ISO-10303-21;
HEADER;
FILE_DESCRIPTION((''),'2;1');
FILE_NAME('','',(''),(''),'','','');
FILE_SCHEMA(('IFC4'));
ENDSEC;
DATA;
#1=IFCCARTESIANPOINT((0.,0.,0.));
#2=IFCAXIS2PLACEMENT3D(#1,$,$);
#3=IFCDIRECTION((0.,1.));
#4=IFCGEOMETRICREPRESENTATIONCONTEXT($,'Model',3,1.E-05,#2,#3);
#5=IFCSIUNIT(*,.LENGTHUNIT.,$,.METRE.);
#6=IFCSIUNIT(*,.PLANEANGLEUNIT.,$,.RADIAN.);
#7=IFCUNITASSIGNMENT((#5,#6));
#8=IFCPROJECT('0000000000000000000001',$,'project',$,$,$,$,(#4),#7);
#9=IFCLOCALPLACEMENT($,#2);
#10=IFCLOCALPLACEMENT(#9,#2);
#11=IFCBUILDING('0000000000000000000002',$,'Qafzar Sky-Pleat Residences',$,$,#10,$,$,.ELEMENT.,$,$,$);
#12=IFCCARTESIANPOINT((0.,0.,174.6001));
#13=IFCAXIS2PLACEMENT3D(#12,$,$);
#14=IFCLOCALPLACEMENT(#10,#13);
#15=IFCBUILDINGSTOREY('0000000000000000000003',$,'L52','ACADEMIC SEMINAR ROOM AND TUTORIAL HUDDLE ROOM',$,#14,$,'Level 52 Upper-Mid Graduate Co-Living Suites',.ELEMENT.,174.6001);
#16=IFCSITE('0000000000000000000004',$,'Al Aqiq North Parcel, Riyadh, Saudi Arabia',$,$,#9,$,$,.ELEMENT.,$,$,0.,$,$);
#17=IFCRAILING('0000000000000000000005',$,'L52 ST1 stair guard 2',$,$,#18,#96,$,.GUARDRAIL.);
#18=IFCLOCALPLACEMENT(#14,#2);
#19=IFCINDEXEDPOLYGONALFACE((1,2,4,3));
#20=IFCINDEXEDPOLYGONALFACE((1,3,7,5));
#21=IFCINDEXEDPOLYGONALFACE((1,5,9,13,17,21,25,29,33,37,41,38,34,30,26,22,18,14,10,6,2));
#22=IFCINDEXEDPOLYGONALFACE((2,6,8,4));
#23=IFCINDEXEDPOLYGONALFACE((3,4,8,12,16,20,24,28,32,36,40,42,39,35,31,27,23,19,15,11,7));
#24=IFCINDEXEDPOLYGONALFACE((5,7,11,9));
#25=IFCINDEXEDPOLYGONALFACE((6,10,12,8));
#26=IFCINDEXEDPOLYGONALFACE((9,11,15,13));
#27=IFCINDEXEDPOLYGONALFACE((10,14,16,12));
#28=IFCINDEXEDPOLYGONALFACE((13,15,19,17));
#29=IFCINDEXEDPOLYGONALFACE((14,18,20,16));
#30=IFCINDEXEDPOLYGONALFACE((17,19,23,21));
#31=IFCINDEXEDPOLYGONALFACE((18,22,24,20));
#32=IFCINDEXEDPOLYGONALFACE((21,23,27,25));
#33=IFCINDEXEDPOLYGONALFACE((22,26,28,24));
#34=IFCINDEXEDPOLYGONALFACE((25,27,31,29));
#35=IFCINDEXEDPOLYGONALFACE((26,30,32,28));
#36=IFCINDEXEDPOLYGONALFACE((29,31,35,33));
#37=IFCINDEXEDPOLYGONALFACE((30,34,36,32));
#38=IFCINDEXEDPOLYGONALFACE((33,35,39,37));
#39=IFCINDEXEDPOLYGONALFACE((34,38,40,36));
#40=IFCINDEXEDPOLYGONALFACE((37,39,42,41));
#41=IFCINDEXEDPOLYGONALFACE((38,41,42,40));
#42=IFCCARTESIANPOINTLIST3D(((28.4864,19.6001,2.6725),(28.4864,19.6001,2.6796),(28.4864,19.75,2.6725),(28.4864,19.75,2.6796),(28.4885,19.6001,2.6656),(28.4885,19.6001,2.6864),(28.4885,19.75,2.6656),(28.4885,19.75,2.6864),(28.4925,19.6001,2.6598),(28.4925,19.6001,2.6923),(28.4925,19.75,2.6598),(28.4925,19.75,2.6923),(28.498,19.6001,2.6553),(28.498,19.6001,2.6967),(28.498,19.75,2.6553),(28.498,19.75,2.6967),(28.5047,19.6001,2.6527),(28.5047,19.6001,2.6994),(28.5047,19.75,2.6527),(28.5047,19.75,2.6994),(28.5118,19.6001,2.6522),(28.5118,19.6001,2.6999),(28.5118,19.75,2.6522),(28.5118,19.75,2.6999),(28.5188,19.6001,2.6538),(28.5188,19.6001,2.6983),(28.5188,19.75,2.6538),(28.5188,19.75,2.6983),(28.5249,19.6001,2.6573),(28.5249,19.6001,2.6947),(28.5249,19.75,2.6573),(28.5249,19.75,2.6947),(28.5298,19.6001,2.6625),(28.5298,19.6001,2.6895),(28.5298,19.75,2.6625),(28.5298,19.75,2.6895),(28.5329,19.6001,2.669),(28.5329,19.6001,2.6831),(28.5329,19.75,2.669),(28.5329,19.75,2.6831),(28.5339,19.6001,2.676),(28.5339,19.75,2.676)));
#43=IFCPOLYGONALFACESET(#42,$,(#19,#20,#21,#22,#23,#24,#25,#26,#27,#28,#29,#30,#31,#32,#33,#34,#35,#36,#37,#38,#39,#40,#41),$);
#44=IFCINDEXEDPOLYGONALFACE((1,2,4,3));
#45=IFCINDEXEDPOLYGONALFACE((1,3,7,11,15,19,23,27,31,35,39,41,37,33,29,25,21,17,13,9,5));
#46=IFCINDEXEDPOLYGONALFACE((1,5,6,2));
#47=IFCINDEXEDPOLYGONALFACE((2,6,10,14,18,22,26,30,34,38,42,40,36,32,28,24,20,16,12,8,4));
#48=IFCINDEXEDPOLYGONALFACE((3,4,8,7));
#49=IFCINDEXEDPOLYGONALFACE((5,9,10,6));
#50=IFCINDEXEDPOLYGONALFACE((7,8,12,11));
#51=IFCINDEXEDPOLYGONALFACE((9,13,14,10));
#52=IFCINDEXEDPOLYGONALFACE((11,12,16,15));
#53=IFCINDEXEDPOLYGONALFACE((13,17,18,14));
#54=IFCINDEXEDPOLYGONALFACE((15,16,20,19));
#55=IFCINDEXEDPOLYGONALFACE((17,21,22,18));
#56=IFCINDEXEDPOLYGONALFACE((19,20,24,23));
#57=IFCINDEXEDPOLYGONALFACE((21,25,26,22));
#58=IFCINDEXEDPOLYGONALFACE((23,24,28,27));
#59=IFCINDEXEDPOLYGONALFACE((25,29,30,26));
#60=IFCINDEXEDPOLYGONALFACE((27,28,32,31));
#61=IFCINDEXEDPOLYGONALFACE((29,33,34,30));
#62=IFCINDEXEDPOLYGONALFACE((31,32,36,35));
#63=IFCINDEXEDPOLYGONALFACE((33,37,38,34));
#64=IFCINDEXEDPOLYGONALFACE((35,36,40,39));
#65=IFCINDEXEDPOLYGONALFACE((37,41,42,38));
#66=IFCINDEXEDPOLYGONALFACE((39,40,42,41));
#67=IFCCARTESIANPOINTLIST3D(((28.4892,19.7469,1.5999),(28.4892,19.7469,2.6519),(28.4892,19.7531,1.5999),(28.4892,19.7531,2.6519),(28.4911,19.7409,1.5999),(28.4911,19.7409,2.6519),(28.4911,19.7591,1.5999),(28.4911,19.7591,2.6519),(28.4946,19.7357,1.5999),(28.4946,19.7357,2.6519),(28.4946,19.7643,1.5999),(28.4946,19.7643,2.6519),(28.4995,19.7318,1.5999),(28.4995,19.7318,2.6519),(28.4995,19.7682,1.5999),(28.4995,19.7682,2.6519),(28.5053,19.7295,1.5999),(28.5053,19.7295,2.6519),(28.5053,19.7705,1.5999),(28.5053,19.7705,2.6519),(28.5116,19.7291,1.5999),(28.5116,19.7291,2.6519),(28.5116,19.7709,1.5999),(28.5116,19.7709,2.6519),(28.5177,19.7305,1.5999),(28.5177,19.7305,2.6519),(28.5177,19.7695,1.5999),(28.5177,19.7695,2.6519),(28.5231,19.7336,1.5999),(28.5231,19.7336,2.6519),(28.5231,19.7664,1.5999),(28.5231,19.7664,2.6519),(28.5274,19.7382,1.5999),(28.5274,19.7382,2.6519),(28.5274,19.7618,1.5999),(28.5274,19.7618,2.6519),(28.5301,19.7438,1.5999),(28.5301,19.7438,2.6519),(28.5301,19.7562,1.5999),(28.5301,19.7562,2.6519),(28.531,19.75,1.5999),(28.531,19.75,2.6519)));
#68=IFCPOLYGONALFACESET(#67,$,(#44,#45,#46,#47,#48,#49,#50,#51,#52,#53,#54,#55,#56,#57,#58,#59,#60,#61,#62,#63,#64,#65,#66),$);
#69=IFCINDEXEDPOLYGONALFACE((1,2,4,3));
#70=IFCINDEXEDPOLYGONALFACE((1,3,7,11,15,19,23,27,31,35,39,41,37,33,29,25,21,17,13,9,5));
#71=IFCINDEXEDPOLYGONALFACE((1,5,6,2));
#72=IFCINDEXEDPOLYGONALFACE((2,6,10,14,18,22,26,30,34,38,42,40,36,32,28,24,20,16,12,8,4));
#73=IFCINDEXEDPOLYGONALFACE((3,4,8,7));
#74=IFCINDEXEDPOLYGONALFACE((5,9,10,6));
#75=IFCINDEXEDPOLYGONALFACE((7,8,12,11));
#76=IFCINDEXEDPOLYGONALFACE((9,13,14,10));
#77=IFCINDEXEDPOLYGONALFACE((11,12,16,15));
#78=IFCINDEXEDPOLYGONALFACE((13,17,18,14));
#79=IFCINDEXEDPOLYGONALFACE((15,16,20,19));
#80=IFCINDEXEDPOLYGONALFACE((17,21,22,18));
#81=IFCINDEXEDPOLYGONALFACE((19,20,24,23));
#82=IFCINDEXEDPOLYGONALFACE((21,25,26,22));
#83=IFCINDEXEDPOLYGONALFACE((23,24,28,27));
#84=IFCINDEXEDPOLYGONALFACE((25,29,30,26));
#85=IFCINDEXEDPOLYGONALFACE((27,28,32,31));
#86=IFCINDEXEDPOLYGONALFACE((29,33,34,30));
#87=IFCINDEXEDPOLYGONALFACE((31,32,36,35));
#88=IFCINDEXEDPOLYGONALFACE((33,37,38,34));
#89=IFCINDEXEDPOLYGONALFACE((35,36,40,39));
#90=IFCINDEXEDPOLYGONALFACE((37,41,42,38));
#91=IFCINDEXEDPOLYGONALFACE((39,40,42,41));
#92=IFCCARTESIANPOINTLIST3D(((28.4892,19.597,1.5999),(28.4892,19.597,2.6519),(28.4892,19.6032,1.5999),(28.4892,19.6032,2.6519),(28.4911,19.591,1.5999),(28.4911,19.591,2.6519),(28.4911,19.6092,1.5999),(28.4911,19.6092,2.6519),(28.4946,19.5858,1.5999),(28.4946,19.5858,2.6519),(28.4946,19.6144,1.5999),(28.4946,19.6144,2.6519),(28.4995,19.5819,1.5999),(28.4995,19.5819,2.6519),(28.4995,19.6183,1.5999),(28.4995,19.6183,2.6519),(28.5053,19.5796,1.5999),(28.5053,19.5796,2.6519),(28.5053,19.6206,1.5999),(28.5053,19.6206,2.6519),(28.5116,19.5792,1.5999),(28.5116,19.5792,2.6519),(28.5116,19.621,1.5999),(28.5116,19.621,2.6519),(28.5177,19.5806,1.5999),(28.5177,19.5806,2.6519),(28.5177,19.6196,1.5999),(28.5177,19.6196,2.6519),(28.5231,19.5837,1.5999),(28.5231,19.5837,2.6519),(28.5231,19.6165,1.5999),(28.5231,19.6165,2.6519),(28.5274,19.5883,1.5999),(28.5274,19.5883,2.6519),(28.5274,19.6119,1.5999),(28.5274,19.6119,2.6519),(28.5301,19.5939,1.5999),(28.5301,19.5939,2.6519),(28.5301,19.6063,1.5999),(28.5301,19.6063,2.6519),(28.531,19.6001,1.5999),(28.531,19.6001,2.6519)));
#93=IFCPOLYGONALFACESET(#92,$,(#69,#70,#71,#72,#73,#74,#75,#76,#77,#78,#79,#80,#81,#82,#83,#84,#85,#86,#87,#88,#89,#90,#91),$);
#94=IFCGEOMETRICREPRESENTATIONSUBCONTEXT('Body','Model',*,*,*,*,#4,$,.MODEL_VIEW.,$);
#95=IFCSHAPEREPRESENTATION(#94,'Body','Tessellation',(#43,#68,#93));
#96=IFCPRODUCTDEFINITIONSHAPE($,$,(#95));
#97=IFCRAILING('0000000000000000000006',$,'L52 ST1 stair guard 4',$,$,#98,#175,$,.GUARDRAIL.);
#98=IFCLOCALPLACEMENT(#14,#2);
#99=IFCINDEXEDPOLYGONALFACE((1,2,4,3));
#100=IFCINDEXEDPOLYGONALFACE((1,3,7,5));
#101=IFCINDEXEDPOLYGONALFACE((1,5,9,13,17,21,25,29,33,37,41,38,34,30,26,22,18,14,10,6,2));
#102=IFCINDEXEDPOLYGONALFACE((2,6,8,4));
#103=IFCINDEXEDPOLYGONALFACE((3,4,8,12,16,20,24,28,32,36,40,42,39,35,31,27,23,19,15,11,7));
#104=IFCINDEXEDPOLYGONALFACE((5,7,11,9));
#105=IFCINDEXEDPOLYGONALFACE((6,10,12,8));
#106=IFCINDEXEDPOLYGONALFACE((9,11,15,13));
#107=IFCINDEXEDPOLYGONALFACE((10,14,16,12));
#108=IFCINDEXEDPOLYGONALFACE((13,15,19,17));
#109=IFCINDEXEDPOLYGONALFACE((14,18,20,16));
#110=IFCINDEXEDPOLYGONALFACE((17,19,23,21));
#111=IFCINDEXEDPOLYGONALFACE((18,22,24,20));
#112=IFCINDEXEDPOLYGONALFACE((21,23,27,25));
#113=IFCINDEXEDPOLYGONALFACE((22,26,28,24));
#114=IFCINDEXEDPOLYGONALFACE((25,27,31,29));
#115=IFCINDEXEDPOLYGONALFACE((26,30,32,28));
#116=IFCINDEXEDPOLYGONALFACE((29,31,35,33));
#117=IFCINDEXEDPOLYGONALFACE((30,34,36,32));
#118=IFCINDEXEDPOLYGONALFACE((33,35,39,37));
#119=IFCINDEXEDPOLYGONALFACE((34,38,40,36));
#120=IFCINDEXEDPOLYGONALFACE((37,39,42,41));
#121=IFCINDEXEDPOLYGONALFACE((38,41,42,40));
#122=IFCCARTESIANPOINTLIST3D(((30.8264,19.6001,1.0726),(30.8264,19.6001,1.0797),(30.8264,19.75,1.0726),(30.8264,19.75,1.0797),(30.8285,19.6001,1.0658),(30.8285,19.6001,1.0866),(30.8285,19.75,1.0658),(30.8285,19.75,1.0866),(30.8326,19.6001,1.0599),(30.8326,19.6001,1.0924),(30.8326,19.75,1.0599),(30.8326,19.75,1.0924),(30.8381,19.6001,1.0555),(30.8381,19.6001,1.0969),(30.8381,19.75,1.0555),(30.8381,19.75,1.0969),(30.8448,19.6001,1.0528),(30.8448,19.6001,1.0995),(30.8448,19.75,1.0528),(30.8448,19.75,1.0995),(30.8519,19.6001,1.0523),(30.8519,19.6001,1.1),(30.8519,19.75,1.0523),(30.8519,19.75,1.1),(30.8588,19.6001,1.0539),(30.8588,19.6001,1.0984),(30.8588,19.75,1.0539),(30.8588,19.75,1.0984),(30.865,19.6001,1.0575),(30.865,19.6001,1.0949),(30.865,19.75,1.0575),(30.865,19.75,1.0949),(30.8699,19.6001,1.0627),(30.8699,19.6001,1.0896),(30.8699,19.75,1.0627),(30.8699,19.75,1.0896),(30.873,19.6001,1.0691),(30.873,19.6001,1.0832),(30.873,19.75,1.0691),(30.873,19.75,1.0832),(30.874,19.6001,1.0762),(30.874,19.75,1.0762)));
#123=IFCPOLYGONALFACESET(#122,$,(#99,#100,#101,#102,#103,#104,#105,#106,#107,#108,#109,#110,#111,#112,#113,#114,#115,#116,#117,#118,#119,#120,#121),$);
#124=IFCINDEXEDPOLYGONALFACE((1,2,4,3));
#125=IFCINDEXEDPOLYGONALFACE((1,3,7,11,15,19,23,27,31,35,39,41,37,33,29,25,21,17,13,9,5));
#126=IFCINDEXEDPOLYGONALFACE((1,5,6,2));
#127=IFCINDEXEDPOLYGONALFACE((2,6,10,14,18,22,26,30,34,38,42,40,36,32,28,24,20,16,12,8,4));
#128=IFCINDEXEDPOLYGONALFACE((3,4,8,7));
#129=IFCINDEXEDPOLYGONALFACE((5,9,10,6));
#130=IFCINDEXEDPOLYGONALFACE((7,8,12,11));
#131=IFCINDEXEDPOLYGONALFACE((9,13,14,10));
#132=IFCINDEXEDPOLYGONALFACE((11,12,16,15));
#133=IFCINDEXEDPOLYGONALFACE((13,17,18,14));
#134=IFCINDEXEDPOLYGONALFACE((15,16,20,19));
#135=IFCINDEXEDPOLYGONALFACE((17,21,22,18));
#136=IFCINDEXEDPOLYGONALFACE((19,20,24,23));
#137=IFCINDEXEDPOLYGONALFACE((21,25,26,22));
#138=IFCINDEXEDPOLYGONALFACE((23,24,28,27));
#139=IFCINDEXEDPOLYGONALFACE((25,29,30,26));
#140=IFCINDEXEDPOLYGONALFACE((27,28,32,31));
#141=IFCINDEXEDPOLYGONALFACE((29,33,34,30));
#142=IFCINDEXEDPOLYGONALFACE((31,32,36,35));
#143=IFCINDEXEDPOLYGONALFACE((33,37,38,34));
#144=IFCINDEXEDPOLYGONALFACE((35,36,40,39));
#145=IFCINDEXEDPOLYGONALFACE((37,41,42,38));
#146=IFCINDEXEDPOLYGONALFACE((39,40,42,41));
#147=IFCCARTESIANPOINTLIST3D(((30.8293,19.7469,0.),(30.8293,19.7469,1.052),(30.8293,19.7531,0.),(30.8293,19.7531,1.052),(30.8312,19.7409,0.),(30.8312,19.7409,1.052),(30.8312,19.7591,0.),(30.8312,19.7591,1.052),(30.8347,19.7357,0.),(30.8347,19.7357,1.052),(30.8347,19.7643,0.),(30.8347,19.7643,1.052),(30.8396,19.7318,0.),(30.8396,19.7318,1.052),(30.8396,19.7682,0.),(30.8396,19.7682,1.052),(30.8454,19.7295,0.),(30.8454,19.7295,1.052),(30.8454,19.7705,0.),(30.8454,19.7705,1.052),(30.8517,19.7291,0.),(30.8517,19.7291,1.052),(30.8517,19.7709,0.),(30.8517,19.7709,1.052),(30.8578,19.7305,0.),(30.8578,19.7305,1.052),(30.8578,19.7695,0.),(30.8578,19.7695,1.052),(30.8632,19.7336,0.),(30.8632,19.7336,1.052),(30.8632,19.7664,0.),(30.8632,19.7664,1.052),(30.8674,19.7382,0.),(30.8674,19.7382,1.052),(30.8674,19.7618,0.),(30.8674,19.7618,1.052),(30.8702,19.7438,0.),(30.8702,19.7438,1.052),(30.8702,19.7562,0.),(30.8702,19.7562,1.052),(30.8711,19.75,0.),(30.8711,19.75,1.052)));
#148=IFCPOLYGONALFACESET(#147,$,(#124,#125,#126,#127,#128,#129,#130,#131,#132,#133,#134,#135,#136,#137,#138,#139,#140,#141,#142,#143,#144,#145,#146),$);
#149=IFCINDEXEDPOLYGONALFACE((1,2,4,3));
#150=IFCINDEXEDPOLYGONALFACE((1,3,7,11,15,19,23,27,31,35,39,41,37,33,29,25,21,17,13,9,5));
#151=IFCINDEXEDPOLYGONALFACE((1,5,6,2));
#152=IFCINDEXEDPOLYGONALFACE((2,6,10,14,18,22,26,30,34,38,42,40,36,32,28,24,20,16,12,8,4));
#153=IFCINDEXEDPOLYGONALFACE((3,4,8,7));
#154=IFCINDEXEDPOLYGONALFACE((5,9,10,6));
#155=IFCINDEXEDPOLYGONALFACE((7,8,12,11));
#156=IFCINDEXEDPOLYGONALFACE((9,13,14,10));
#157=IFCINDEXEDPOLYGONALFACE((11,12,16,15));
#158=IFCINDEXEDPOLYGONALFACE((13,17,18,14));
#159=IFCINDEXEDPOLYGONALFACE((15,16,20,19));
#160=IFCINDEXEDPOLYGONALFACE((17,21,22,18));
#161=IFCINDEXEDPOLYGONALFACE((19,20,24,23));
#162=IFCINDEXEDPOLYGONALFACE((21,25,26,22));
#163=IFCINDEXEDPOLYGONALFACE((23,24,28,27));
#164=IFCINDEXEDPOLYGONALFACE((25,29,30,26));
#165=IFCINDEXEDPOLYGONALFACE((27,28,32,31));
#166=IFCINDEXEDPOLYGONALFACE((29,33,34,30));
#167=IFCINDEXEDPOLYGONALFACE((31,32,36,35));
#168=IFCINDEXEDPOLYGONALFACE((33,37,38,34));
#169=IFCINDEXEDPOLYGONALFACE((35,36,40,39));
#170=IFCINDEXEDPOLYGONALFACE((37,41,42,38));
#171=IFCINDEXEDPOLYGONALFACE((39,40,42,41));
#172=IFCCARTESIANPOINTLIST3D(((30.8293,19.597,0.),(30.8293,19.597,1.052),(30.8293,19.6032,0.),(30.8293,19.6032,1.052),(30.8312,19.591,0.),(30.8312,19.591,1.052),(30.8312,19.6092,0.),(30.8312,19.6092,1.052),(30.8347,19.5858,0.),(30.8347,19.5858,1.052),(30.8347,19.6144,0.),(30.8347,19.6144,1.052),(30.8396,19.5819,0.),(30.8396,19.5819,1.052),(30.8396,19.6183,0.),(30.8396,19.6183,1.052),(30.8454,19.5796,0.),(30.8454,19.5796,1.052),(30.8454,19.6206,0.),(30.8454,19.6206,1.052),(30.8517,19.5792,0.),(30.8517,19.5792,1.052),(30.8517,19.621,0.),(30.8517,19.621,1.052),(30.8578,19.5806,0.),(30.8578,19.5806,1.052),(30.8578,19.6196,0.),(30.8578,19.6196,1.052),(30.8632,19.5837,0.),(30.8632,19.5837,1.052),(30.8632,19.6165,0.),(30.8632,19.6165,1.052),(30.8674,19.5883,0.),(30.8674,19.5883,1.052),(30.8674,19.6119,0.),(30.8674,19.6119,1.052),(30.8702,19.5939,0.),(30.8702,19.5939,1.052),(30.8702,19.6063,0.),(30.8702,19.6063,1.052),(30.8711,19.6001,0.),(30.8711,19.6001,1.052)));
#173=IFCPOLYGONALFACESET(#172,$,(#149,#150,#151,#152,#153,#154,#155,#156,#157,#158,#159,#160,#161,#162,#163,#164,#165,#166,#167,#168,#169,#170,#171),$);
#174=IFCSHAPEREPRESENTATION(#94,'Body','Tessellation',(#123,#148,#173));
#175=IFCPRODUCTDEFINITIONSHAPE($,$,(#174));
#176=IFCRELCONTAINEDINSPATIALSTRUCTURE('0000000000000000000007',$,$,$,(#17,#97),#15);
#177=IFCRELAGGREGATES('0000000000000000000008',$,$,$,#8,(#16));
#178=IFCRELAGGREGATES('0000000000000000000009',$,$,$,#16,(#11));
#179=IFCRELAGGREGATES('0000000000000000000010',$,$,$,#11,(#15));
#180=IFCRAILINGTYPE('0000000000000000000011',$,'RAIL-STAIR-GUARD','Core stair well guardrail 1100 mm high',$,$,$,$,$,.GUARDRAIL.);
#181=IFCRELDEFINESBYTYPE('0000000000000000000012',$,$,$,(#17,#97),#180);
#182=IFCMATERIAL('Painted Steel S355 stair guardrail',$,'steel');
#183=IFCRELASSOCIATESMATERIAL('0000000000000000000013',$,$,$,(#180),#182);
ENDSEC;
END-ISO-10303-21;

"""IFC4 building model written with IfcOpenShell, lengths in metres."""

from ifc_helpers import new_model, si_unit, direction, frame, origin, origin_2d, place, context, subcontext, project, spatial, circle, extrude, source, transform, mapped, material, type_object, element, save


model = new_model("IFC4")

# Units and contexts
model_context = context("Model", 3, precision=1e-05, world=origin(), true_north=direction((0.0, 1.0)))
body_context = subcontext(model_context, "Body", "Model", "MODEL_VIEW")
ifc_project = project(units=[si_unit("LENGTHUNIT", "METRE"), si_unit("PLANEANGLEUNIT", "RADIAN")], contexts=[model_context])

# Site, building, storey
site_placement = place(None, origin())
site = spatial("IfcSite", under=ifc_project, at=site_placement, Name="Al Aqiq North Parcel, Riyadh, Saudi Arabia", CompositionType="ELEMENT", RefElevation=0.0)
building_placement = place(site_placement, origin())
building = spatial("IfcBuilding", under=site, at=building_placement, Name="Qafzar Sky-Pleat Residences", CompositionType="ELEMENT")
storey_placement = place(building_placement, frame((0.0, 0.0, 174.6001)))
storey = spatial("IfcBuildingStorey", under=building, at=storey_placement, Name="L52", Description="ACADEMIC SEMINAR ROOM AND TUTORIAL HUDDLE ROOM", LongName="Level 52 Upper-Mid Graduate Co-Living Suites", CompositionType="ELEMENT", Elevation=174.6001)

# Railings
ifc_material_1 = material(Name="Painted Steel S355 stair guardrail", Category="steel")
railing_type_1 = type_object("IfcRailingType", Name="RAIL-STAIR-GUARD", Description="Core stair well guardrail 1100 mm high", PredefinedType="GUARDRAIL", material=ifc_material_1)
shared_shape_1 = source(origin(), body_context, "Body", "SweptSolid", [
    extrude(circle(Radius=0.0239, at=origin_2d()), frame((0.0, 0.0, 1.0762), z_axis=(0.0, -1.0, 0.0), x_axis=(1.0, 0.0, 0.0)), (0.0, 0.0, 1.0), 0.1499),
    extrude(circle(Radius=0.021, at=origin_2d()), origin(), (0.0, 0.0, 1.0), 1.052),
    extrude(circle(Radius=0.021, at=origin_2d()), frame((0.0, -0.1499, 0.0)), (0.0, 0.0, 1.0), 1.052),
])
for number, where, name in (
    (1, (28.51, 19.75, 1.5999), "L52 ST1 stair guard 2"),
    (2, (30.8501, 19.75, 0.0), "L52 ST1 stair guard 4"),
):
    element("IfcRailing", number, at=place(storey_placement, frame(where)), inside=storey, type_object=railing_type_1, Name=name, PredefinedType="GUARDRAIL", context=body_context, shape_type="MappedRepresentation", body=[
        mapped(shared_shape_1, transform((0.0, 0.0, 0.0), x_axis=(1.0, 0.0, 0.0), y_axis=(0.0, 1.0, 0.0), z_axis=(0.0, 0.0, 1.0), scale=1.0)),
    ])

save(model, "model.ifc")
